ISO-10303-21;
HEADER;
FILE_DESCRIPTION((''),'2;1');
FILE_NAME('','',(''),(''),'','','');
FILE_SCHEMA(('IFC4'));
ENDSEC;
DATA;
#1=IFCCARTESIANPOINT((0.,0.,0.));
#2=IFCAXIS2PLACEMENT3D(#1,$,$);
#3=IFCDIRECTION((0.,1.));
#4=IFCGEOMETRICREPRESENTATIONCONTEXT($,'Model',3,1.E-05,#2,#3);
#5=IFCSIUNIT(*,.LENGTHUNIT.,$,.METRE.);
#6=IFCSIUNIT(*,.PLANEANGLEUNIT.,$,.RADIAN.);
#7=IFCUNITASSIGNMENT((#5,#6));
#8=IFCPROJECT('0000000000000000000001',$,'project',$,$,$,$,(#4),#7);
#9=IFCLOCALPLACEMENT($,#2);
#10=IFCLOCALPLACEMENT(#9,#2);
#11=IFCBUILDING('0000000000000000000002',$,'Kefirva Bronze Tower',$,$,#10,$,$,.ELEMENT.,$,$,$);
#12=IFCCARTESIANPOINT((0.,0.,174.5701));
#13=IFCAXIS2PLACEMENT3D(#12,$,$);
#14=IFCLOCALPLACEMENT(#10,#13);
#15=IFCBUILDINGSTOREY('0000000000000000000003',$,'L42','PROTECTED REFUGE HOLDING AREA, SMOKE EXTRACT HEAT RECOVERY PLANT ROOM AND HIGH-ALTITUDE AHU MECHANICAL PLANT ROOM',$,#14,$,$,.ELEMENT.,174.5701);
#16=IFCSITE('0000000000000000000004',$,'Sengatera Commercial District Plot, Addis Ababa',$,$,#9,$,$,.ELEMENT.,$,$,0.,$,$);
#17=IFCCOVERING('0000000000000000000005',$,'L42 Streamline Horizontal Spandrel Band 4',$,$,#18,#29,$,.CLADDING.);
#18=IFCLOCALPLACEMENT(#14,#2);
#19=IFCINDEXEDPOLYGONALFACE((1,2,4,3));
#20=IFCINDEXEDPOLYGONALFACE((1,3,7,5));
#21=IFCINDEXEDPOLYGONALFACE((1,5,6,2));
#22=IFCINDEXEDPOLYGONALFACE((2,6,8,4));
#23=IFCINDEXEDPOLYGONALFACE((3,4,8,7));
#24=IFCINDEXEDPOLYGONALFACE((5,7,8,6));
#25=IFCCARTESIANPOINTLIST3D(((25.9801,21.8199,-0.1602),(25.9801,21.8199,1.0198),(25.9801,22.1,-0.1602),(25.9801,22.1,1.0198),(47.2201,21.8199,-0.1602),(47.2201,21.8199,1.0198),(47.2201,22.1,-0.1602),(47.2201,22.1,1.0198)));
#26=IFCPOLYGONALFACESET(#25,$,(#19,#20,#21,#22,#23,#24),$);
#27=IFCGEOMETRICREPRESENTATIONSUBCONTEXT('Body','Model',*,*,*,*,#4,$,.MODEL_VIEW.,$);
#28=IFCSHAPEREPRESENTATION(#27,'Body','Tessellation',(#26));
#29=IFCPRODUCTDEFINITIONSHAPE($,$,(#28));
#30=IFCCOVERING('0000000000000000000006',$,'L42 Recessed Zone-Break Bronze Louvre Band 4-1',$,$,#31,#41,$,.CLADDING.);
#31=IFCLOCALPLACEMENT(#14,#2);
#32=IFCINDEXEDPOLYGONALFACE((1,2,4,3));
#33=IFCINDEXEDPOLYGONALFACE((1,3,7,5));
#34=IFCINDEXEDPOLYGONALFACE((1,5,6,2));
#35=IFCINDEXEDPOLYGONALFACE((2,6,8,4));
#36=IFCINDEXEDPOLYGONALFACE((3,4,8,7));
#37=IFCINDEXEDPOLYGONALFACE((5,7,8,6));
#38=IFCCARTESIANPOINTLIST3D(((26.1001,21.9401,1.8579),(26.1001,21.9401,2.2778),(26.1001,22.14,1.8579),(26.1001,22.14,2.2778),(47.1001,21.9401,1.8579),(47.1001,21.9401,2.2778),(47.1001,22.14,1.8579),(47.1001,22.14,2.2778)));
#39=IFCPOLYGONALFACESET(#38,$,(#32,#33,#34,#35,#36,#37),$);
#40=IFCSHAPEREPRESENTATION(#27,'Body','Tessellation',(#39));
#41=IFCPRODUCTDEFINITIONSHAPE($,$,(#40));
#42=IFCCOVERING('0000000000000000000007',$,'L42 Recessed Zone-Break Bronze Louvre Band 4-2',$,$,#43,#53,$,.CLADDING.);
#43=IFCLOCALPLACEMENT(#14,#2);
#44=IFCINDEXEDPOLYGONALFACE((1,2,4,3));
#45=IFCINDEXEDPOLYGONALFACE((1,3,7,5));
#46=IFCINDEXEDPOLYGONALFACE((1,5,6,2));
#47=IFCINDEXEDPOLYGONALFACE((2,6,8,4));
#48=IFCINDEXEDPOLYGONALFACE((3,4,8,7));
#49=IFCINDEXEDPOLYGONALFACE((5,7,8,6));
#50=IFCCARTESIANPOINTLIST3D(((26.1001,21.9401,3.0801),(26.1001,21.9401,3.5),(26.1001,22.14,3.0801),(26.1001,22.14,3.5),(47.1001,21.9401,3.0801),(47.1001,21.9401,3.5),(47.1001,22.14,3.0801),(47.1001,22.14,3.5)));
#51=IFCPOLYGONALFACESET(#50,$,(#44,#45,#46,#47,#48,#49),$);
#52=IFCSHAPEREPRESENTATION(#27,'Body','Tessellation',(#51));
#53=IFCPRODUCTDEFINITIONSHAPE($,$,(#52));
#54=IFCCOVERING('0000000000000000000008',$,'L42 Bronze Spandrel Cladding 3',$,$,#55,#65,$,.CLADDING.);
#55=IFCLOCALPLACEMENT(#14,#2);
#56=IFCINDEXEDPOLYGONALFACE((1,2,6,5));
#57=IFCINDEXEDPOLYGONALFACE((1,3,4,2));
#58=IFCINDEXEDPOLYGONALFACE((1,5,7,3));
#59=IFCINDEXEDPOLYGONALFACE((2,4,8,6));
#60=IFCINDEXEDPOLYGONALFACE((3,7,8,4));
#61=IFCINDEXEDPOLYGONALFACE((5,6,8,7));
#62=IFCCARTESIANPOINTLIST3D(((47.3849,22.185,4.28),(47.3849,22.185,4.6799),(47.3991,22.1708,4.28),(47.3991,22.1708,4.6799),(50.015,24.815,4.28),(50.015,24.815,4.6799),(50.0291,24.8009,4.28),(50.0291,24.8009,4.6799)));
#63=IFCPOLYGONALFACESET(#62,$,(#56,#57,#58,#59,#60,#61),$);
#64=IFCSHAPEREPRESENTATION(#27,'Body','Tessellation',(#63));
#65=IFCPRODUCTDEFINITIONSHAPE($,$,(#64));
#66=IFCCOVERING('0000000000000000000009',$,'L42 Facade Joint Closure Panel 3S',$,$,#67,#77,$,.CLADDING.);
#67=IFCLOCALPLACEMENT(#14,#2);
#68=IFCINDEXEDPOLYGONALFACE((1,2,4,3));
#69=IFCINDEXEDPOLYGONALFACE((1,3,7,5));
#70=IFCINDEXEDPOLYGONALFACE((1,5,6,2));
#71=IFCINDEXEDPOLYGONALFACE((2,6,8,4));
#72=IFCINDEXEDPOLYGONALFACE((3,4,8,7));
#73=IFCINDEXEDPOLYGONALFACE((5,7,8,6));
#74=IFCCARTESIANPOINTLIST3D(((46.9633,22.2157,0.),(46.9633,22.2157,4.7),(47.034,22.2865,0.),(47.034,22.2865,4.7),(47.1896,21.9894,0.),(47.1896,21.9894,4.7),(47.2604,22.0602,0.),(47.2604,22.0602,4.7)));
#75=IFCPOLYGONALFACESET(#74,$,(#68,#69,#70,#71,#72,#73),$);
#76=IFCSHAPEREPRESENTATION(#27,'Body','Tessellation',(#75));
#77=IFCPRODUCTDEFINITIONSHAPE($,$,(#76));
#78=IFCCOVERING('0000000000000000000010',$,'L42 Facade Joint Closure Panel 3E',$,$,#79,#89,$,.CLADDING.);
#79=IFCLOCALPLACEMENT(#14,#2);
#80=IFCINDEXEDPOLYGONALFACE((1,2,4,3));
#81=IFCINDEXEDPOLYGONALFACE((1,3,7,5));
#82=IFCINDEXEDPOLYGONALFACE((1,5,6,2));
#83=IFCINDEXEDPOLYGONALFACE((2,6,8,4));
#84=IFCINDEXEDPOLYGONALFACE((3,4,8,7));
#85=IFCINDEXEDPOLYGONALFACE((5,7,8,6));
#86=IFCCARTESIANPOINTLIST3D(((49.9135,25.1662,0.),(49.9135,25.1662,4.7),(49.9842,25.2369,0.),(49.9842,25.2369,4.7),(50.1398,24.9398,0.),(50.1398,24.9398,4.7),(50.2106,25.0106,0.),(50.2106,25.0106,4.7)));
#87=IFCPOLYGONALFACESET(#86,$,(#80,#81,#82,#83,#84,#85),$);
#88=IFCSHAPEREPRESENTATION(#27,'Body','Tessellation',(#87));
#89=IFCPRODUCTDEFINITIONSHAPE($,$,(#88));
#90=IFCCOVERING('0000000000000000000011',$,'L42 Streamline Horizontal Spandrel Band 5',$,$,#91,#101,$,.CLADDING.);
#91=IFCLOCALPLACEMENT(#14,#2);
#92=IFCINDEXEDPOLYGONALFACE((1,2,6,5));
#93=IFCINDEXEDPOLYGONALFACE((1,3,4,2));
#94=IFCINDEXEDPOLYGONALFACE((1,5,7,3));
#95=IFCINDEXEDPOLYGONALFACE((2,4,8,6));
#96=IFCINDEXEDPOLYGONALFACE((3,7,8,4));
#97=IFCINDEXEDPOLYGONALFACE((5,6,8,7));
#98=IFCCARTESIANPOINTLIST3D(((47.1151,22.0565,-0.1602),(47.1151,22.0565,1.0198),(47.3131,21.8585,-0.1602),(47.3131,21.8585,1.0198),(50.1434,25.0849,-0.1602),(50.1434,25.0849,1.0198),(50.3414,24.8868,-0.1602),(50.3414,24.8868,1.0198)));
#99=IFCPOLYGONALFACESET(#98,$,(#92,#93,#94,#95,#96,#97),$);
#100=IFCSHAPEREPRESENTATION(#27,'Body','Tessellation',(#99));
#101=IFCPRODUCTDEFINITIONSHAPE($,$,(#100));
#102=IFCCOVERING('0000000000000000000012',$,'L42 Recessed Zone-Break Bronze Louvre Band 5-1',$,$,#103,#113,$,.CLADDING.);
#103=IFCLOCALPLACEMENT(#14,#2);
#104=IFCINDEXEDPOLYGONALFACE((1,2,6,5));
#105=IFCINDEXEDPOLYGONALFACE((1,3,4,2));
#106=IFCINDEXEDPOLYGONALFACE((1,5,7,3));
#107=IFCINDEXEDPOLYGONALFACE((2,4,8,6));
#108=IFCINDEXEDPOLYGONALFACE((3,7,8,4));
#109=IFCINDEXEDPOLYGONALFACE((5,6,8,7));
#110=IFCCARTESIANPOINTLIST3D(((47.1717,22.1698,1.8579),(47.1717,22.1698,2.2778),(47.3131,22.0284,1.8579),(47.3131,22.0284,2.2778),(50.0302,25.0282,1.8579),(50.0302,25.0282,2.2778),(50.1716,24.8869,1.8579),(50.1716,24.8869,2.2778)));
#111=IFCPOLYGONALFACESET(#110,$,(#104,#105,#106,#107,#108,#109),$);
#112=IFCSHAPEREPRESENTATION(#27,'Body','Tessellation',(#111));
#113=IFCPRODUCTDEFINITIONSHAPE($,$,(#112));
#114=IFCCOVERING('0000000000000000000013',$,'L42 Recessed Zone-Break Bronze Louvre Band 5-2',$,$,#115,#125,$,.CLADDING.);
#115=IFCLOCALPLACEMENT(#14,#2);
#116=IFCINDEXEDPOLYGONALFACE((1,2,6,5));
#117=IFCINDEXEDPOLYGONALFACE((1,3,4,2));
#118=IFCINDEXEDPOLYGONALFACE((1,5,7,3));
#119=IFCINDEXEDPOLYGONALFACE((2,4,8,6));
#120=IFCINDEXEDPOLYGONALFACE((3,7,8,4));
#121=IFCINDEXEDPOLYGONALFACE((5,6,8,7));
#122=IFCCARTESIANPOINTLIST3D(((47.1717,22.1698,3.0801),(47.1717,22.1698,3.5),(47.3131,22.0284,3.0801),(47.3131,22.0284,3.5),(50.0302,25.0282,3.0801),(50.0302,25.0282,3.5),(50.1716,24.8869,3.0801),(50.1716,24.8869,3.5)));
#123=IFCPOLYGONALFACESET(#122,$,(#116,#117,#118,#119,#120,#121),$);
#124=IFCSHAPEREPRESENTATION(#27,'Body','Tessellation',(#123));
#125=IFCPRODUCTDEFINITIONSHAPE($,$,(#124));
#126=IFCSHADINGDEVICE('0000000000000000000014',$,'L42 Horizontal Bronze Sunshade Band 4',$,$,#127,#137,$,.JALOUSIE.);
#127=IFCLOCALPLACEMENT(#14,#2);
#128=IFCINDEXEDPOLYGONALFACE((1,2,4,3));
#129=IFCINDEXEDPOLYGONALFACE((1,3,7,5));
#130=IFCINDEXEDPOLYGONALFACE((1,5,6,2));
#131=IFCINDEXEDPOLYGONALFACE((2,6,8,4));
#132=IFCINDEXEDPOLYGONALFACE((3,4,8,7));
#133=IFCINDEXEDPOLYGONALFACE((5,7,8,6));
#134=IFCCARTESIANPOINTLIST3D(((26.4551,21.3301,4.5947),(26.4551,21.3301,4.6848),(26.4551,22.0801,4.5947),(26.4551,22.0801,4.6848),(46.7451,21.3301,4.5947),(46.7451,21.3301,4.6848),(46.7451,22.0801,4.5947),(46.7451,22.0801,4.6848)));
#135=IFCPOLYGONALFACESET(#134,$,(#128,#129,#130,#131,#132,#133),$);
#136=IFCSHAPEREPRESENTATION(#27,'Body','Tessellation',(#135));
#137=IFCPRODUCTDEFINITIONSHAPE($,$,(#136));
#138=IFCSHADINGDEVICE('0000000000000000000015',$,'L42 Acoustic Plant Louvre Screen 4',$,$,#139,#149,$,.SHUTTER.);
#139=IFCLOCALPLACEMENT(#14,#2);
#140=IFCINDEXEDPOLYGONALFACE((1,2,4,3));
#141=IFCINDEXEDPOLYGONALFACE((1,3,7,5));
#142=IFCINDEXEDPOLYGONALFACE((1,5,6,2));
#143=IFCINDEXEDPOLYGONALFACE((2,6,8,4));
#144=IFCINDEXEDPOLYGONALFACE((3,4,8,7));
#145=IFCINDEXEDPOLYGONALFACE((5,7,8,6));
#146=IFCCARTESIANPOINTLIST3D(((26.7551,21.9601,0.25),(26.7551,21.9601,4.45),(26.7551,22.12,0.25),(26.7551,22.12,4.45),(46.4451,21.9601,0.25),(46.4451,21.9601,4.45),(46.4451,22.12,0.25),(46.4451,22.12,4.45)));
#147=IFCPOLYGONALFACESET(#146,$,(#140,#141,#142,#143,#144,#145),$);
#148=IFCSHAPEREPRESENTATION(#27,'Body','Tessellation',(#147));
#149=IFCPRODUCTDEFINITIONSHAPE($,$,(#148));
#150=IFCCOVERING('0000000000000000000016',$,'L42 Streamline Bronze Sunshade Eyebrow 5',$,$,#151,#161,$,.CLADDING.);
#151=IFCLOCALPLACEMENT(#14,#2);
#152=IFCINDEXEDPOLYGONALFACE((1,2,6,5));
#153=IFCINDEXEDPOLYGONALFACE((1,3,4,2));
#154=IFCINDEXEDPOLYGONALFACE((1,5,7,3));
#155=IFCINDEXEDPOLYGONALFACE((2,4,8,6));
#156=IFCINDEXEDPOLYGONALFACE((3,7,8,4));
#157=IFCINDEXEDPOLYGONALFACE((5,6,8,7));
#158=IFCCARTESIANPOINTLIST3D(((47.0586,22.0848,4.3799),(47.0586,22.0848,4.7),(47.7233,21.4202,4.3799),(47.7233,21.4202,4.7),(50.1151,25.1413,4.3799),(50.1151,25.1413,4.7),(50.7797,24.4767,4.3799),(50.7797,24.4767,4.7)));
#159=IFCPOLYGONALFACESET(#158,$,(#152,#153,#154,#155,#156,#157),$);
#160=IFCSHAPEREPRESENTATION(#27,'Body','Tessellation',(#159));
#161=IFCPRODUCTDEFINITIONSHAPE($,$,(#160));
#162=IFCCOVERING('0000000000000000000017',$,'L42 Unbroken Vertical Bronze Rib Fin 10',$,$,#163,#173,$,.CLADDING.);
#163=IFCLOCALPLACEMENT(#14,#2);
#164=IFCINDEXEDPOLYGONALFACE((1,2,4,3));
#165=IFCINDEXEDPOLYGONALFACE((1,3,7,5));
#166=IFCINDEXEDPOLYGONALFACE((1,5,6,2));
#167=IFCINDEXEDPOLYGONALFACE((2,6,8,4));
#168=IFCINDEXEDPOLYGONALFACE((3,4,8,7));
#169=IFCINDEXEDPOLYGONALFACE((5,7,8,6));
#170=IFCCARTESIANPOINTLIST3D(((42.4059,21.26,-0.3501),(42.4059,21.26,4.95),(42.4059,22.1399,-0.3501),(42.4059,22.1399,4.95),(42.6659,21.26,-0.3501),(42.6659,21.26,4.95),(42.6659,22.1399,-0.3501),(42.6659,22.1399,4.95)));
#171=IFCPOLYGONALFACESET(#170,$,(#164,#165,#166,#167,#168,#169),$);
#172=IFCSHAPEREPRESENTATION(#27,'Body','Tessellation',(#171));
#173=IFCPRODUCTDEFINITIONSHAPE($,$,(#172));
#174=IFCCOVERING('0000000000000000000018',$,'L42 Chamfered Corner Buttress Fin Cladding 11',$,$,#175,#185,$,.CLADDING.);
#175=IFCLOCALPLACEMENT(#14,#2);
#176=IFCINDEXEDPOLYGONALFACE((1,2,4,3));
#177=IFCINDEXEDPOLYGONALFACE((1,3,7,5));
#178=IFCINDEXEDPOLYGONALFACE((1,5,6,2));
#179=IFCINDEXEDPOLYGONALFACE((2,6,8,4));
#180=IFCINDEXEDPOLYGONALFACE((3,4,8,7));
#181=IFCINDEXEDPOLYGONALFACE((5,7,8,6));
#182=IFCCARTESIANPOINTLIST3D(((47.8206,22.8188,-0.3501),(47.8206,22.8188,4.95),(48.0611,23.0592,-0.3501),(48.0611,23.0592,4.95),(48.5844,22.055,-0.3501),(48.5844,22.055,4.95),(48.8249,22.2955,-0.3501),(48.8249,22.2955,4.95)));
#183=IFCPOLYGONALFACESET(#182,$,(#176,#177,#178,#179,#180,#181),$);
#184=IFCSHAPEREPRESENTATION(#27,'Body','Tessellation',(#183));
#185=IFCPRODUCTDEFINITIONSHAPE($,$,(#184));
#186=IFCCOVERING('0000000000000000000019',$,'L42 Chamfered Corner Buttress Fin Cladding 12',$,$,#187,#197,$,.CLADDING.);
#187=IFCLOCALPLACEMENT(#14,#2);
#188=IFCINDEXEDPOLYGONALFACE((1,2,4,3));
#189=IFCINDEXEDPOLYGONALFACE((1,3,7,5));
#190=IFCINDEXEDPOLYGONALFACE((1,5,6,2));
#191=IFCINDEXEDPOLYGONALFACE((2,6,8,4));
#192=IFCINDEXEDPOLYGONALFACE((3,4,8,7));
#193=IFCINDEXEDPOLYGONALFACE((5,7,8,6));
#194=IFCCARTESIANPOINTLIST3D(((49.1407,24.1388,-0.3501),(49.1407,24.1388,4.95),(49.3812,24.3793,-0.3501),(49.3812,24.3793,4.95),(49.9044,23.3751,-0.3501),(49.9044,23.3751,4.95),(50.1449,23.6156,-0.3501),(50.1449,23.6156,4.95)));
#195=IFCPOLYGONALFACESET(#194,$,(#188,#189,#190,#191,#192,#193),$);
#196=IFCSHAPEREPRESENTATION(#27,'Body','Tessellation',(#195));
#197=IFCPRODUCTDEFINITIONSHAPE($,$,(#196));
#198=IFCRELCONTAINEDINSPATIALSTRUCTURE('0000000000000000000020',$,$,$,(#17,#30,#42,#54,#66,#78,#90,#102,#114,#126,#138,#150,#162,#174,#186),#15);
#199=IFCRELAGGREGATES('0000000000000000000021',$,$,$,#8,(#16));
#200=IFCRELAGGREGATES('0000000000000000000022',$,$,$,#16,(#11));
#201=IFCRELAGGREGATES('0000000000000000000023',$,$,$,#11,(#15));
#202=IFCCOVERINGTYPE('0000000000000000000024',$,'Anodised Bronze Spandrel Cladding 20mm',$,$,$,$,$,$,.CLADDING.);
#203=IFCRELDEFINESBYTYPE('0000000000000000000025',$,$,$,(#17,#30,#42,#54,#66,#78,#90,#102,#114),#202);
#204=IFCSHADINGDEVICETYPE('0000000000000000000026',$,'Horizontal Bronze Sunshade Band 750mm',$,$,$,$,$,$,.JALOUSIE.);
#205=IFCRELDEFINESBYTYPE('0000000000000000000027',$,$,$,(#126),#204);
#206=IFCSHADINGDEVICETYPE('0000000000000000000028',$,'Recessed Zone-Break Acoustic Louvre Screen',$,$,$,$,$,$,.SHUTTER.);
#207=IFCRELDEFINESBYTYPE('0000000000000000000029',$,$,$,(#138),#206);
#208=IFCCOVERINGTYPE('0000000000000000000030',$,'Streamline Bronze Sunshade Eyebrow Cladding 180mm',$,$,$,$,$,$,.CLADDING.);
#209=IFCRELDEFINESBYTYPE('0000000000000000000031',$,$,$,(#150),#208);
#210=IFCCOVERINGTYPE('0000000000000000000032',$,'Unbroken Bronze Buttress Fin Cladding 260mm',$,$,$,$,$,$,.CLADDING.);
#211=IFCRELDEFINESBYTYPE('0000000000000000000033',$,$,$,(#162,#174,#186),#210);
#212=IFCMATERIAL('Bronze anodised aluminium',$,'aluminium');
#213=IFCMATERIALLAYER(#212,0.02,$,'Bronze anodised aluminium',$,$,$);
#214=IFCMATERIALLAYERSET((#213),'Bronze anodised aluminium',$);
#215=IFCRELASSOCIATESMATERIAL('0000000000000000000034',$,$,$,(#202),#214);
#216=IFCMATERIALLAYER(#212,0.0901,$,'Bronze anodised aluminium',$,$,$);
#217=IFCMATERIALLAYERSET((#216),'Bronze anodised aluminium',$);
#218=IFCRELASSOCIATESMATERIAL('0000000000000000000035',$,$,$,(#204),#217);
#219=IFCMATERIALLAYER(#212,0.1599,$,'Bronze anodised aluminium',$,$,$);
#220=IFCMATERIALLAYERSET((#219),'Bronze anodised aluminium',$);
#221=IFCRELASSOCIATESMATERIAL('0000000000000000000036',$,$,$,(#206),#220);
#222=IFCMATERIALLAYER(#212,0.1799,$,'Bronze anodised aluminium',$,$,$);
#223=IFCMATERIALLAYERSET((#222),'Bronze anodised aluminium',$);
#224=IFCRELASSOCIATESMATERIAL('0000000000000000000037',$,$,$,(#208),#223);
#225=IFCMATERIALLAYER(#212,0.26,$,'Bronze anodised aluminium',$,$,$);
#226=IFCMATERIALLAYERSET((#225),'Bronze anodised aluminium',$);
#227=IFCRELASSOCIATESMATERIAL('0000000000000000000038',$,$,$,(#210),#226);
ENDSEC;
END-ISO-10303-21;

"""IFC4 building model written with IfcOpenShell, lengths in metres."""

from ifc_helpers import new_model, si_unit, direction, frame, origin, origin_2d, place, context, subcontext, project, spatial, rectangle, extrude, material, layer, layer_set, type_object, element, save


model = new_model("IFC4")

# Units and contexts
model_context = context("Model", 3, precision=1e-05, world=origin(), true_north=direction((0.0, 1.0)))
body_context = subcontext(model_context, "Body", "Model", "MODEL_VIEW")
ifc_project = project(units=[si_unit("LENGTHUNIT", "METRE"), si_unit("PLANEANGLEUNIT", "RADIAN")], contexts=[model_context])

# Site, building, storey
site_placement = place(None, origin())
site = spatial("IfcSite", under=ifc_project, at=site_placement, Name="Sengatera Commercial District Plot, Addis Ababa", CompositionType="ELEMENT", RefElevation=0.0)
building_placement = place(site_placement, origin())
building = spatial("IfcBuilding", under=site, at=building_placement, Name="Kefirva Bronze Tower", CompositionType="ELEMENT")
storey_placement = place(building_placement, frame((0.0, 0.0, 174.5701)))
storey = spatial("IfcBuildingStorey", under=building, at=storey_placement, Name="L42", Description="PROTECTED REFUGE HOLDING AREA, SMOKE EXTRACT HEAT RECOVERY PLANT ROOM AND HIGH-ALTITUDE AHU MECHANICAL PLANT ROOM", CompositionType="ELEMENT", Elevation=174.5701)

# Shared definitions
ifc_material_1 = material(Name="Bronze anodised aluminium", Category="aluminium")

# Coverings
ifc_layer_1 = layer(ifc_material_1, 0.02, Name="Bronze anodised aluminium")
ifc_layer_set_1 = layer_set([ifc_layer_1], Name="Bronze anodised aluminium")
covering_type_1 = type_object("IfcCoveringType", Name="Anodised Bronze Spandrel Cladding 20mm", PredefinedType="CLADDING", material=ifc_layer_set_1)
covering_1_placement = place(storey_placement, frame((36.6001, 21.96, -0.1602), z_axis=(0.0, 0.0, 1.0), x_axis=(1.0, 0.0, 0.0)))
element("IfcCovering", 1, at=covering_1_placement, inside=storey, type_object=covering_type_1, Name="L42 Streamline Horizontal Spandrel Band 4", PredefinedType="CLADDING", context=body_context, shape_type="SweptSolid", body=[
    extrude(rectangle(XDim=21.24, YDim=0.28, at=origin_2d()), origin(), (0.0, 0.0, 1.0), 1.1799),
])
for number, where, z_axis, x_axis, name in (
    (2, (36.6001, 22.04, 1.8579), (0.0, 0.0, 1.0), (1.0, 0.0, 0.0), "L42 Recessed Zone-Break Bronze Louvre Band 4-1"),
    (3, (36.6001, 22.04, 3.0801), (0.0, 0.0, 1.0), (1.0, 0.0, 0.0), "L42 Recessed Zone-Break Bronze Louvre Band 4-2"),
):
    element("IfcCovering", number, at=place(storey_placement, frame(where, z_axis=z_axis, x_axis=x_axis)), inside=storey, type_object=covering_type_1, Name=name, PredefinedType="CLADDING", context=body_context, shape_type="SweptSolid", body=[
        extrude(rectangle(XDim=21.0, YDim=0.2, at=origin_2d()), origin(), (0.0, 0.0, 1.0), 0.4199),
    ])
covering_2_placement = place(storey_placement, frame((48.707, 23.4929, 4.28), z_axis=(0.0, 0.0, 1.0), x_axis=(0.707107, 0.707107, 0.0)))
element("IfcCovering", 4, at=covering_2_placement, inside=storey, type_object=covering_type_1, Name="L42 Bronze Spandrel Cladding 3", PredefinedType="CLADDING", context=body_context, shape_type="SweptSolid", body=[
    extrude(rectangle(XDim=3.7195, YDim=0.02, at=origin_2d()), origin(), (0.0, 0.0, 1.0), 0.3999),
])
for number, where, z_axis, x_axis, name in (
    (5, (47.1118, 22.1379, 0.0), (0.0, 0.0, 1.0), (0.707107, 0.707107, 0.0), "L42 Facade Joint Closure Panel 3S"),
    (6, (50.062, 25.0884, 0.0), (0.0, 0.0, 1.0), (0.707107, 0.707107, 0.0), "L42 Facade Joint Closure Panel 3E"),
):
    element("IfcCovering", number, at=place(storey_placement, frame(where, z_axis=z_axis, x_axis=x_axis)), inside=storey, type_object=covering_type_1, Name=name, PredefinedType="CLADDING", context=body_context, shape_type="SweptSolid", body=[
        extrude(rectangle(XDim=0.1001, YDim=0.3201, at=origin_2d()), origin(), (0.0, 0.0, 1.0), 4.7),
    ])
covering_3_placement = place(storey_placement, frame((48.7283, 23.4717, -0.1602), z_axis=(0.0, 0.0, 1.0), x_axis=(0.707107, 0.707107, 0.0)))
element("IfcCovering", 7, at=covering_3_placement, inside=storey, type_object=covering_type_1, Name="L42 Streamline Horizontal Spandrel Band 5", PredefinedType="CLADDING", context=body_context, shape_type="SweptSolid", body=[
    extrude(rectangle(XDim=4.2827, YDim=0.28, at=origin_2d()), origin(), (0.0, 0.0, 1.0), 1.1799),
])
for number, where, z_axis, x_axis, name in (
    (8, (48.6716, 23.5283, 1.8579), (0.0, 0.0, 1.0), (0.707107, 0.707107, 0.0), "L42 Recessed Zone-Break Bronze Louvre Band 5-1"),
    (9, (48.6716, 23.5283, 3.0801), (0.0, 0.0, 1.0), (0.707107, 0.707107, 0.0), "L42 Recessed Zone-Break Bronze Louvre Band 5-2"),
):
    element("IfcCovering", number, at=place(storey_placement, frame(where, z_axis=z_axis, x_axis=x_axis)), inside=storey, type_object=covering_type_1, Name=name, PredefinedType="CLADDING", context=body_context, shape_type="SweptSolid", body=[
        extrude(rectangle(XDim=4.0425, YDim=0.2, at=origin_2d()), origin(), (0.0, 0.0, 1.0), 0.4199),
    ])

# Shading devices
ifc_layer_2 = layer(ifc_material_1, 0.0901, Name="Bronze anodised aluminium")
ifc_layer_set_2 = layer_set([ifc_layer_2], Name="Bronze anodised aluminium")
shading_device_type_1 = type_object("IfcShadingDeviceType", Name="Horizontal Bronze Sunshade Band 750mm", PredefinedType="JALOUSIE", material=ifc_layer_set_2)
shading_device_1_placement = place(storey_placement, frame((36.6001, 21.7051, 4.5947), z_axis=(0.0, 0.0, 1.0), x_axis=(1.0, 0.0, 0.0)))
element("IfcShadingDevice", 10, at=shading_device_1_placement, inside=storey, type_object=shading_device_type_1, Name="L42 Horizontal Bronze Sunshade Band 4", PredefinedType="JALOUSIE", context=body_context, shape_type="SweptSolid", body=[
    extrude(rectangle(XDim=20.29, YDim=0.75, at=origin_2d()), origin(), (0.0, 0.0, 1.0), 0.0901),
])
ifc_layer_3 = layer(ifc_material_1, 0.1599, Name="Bronze anodised aluminium")
ifc_layer_set_3 = layer_set([ifc_layer_3], Name="Bronze anodised aluminium")
shading_device_type_2 = type_object("IfcShadingDeviceType", Name="Recessed Zone-Break Acoustic Louvre Screen", PredefinedType="SHUTTER", material=ifc_layer_set_3)
shading_device_2_placement = place(storey_placement, frame((36.6001, 22.04, 0.25), z_axis=(0.0, 0.0, 1.0), x_axis=(1.0, 0.0, 0.0)))
element("IfcShadingDevice", 11, at=shading_device_2_placement, inside=storey, type_object=shading_device_type_2, Name="L42 Acoustic Plant Louvre Screen 4", PredefinedType="SHUTTER", context=body_context, shape_type="SweptSolid", body=[
    extrude(rectangle(XDim=19.6899, YDim=0.1599, at=origin_2d()), origin(), (0.0, 0.0, 1.0), 4.2),
])

# Coverings
ifc_layer_4 = layer(ifc_material_1, 0.1799, Name="Bronze anodised aluminium")
ifc_layer_set_4 = layer_set([ifc_layer_4], Name="Bronze anodised aluminium")
covering_type_2 = type_object("IfcCoveringType", Name="Streamline Bronze Sunshade Eyebrow Cladding 180mm", PredefinedType="CLADDING", material=ifc_layer_set_4)
covering_4_placement = place(storey_placement, frame((48.9192, 23.2808, 4.3799), z_axis=(0.0, 0.0, 1.0), x_axis=(0.707107, 0.707107, 0.0)))
element("IfcCovering", 12, at=covering_4_placement, inside=storey, type_object=covering_type_2, Name="L42 Streamline Bronze Sunshade Eyebrow 5", PredefinedType="CLADDING", context=body_context, shape_type="SweptSolid", body=[
    extrude(rectangle(XDim=4.3225, YDim=0.9399, at=origin_2d()), origin(), (0.0, 0.0, 1.0), 0.3201),
])
ifc_layer_5 = layer(ifc_material_1, 0.26, Name="Bronze anodised aluminium")
ifc_layer_set_5 = layer_set([ifc_layer_5], Name="Bronze anodised aluminium")
covering_type_3 = type_object("IfcCoveringType", Name="Unbroken Bronze Buttress Fin Cladding 260mm", PredefinedType="CLADDING", material=ifc_layer_set_5)
covering_5_placement = place(storey_placement, frame((42.5359, 21.7, -0.3501), z_axis=(0.0, 0.0, 1.0), x_axis=(1.0, 0.0, 0.0)))
element("IfcCovering", 13, at=covering_5_placement, inside=storey, type_object=covering_type_3, Name="L42 Unbroken Vertical Bronze Rib Fin 10", PredefinedType="CLADDING", context=body_context, shape_type="SweptSolid", body=[
    extrude(rectangle(XDim=0.26, YDim=0.8799, at=origin_2d()), origin(), (0.0, 0.0, 1.0), 5.3),
])
for number, where, z_axis, x_axis, name in (
    (14, (48.3228, 22.5571, -0.3501), (0.0, 0.0, 1.0), (0.707107, 0.707107, 0.0), "L42 Chamfered Corner Buttress Fin Cladding 11"),
    (15, (49.6428, 23.8772, -0.3501), (0.0, 0.0, 1.0), (0.707107, 0.707107, 0.0), "L42 Chamfered Corner Buttress Fin Cladding 12"),
):
    element("IfcCovering", number, at=place(storey_placement, frame(where, z_axis=z_axis, x_axis=x_axis)), inside=storey, type_object=covering_type_3, Name=name, PredefinedType="CLADDING", context=body_context, shape_type="SweptSolid", body=[
        extrude(rectangle(XDim=0.3401, YDim=1.0801, at=origin_2d()), origin(), (0.0, 0.0, 1.0), 5.3),
    ])

save(model, "model.ifc")
